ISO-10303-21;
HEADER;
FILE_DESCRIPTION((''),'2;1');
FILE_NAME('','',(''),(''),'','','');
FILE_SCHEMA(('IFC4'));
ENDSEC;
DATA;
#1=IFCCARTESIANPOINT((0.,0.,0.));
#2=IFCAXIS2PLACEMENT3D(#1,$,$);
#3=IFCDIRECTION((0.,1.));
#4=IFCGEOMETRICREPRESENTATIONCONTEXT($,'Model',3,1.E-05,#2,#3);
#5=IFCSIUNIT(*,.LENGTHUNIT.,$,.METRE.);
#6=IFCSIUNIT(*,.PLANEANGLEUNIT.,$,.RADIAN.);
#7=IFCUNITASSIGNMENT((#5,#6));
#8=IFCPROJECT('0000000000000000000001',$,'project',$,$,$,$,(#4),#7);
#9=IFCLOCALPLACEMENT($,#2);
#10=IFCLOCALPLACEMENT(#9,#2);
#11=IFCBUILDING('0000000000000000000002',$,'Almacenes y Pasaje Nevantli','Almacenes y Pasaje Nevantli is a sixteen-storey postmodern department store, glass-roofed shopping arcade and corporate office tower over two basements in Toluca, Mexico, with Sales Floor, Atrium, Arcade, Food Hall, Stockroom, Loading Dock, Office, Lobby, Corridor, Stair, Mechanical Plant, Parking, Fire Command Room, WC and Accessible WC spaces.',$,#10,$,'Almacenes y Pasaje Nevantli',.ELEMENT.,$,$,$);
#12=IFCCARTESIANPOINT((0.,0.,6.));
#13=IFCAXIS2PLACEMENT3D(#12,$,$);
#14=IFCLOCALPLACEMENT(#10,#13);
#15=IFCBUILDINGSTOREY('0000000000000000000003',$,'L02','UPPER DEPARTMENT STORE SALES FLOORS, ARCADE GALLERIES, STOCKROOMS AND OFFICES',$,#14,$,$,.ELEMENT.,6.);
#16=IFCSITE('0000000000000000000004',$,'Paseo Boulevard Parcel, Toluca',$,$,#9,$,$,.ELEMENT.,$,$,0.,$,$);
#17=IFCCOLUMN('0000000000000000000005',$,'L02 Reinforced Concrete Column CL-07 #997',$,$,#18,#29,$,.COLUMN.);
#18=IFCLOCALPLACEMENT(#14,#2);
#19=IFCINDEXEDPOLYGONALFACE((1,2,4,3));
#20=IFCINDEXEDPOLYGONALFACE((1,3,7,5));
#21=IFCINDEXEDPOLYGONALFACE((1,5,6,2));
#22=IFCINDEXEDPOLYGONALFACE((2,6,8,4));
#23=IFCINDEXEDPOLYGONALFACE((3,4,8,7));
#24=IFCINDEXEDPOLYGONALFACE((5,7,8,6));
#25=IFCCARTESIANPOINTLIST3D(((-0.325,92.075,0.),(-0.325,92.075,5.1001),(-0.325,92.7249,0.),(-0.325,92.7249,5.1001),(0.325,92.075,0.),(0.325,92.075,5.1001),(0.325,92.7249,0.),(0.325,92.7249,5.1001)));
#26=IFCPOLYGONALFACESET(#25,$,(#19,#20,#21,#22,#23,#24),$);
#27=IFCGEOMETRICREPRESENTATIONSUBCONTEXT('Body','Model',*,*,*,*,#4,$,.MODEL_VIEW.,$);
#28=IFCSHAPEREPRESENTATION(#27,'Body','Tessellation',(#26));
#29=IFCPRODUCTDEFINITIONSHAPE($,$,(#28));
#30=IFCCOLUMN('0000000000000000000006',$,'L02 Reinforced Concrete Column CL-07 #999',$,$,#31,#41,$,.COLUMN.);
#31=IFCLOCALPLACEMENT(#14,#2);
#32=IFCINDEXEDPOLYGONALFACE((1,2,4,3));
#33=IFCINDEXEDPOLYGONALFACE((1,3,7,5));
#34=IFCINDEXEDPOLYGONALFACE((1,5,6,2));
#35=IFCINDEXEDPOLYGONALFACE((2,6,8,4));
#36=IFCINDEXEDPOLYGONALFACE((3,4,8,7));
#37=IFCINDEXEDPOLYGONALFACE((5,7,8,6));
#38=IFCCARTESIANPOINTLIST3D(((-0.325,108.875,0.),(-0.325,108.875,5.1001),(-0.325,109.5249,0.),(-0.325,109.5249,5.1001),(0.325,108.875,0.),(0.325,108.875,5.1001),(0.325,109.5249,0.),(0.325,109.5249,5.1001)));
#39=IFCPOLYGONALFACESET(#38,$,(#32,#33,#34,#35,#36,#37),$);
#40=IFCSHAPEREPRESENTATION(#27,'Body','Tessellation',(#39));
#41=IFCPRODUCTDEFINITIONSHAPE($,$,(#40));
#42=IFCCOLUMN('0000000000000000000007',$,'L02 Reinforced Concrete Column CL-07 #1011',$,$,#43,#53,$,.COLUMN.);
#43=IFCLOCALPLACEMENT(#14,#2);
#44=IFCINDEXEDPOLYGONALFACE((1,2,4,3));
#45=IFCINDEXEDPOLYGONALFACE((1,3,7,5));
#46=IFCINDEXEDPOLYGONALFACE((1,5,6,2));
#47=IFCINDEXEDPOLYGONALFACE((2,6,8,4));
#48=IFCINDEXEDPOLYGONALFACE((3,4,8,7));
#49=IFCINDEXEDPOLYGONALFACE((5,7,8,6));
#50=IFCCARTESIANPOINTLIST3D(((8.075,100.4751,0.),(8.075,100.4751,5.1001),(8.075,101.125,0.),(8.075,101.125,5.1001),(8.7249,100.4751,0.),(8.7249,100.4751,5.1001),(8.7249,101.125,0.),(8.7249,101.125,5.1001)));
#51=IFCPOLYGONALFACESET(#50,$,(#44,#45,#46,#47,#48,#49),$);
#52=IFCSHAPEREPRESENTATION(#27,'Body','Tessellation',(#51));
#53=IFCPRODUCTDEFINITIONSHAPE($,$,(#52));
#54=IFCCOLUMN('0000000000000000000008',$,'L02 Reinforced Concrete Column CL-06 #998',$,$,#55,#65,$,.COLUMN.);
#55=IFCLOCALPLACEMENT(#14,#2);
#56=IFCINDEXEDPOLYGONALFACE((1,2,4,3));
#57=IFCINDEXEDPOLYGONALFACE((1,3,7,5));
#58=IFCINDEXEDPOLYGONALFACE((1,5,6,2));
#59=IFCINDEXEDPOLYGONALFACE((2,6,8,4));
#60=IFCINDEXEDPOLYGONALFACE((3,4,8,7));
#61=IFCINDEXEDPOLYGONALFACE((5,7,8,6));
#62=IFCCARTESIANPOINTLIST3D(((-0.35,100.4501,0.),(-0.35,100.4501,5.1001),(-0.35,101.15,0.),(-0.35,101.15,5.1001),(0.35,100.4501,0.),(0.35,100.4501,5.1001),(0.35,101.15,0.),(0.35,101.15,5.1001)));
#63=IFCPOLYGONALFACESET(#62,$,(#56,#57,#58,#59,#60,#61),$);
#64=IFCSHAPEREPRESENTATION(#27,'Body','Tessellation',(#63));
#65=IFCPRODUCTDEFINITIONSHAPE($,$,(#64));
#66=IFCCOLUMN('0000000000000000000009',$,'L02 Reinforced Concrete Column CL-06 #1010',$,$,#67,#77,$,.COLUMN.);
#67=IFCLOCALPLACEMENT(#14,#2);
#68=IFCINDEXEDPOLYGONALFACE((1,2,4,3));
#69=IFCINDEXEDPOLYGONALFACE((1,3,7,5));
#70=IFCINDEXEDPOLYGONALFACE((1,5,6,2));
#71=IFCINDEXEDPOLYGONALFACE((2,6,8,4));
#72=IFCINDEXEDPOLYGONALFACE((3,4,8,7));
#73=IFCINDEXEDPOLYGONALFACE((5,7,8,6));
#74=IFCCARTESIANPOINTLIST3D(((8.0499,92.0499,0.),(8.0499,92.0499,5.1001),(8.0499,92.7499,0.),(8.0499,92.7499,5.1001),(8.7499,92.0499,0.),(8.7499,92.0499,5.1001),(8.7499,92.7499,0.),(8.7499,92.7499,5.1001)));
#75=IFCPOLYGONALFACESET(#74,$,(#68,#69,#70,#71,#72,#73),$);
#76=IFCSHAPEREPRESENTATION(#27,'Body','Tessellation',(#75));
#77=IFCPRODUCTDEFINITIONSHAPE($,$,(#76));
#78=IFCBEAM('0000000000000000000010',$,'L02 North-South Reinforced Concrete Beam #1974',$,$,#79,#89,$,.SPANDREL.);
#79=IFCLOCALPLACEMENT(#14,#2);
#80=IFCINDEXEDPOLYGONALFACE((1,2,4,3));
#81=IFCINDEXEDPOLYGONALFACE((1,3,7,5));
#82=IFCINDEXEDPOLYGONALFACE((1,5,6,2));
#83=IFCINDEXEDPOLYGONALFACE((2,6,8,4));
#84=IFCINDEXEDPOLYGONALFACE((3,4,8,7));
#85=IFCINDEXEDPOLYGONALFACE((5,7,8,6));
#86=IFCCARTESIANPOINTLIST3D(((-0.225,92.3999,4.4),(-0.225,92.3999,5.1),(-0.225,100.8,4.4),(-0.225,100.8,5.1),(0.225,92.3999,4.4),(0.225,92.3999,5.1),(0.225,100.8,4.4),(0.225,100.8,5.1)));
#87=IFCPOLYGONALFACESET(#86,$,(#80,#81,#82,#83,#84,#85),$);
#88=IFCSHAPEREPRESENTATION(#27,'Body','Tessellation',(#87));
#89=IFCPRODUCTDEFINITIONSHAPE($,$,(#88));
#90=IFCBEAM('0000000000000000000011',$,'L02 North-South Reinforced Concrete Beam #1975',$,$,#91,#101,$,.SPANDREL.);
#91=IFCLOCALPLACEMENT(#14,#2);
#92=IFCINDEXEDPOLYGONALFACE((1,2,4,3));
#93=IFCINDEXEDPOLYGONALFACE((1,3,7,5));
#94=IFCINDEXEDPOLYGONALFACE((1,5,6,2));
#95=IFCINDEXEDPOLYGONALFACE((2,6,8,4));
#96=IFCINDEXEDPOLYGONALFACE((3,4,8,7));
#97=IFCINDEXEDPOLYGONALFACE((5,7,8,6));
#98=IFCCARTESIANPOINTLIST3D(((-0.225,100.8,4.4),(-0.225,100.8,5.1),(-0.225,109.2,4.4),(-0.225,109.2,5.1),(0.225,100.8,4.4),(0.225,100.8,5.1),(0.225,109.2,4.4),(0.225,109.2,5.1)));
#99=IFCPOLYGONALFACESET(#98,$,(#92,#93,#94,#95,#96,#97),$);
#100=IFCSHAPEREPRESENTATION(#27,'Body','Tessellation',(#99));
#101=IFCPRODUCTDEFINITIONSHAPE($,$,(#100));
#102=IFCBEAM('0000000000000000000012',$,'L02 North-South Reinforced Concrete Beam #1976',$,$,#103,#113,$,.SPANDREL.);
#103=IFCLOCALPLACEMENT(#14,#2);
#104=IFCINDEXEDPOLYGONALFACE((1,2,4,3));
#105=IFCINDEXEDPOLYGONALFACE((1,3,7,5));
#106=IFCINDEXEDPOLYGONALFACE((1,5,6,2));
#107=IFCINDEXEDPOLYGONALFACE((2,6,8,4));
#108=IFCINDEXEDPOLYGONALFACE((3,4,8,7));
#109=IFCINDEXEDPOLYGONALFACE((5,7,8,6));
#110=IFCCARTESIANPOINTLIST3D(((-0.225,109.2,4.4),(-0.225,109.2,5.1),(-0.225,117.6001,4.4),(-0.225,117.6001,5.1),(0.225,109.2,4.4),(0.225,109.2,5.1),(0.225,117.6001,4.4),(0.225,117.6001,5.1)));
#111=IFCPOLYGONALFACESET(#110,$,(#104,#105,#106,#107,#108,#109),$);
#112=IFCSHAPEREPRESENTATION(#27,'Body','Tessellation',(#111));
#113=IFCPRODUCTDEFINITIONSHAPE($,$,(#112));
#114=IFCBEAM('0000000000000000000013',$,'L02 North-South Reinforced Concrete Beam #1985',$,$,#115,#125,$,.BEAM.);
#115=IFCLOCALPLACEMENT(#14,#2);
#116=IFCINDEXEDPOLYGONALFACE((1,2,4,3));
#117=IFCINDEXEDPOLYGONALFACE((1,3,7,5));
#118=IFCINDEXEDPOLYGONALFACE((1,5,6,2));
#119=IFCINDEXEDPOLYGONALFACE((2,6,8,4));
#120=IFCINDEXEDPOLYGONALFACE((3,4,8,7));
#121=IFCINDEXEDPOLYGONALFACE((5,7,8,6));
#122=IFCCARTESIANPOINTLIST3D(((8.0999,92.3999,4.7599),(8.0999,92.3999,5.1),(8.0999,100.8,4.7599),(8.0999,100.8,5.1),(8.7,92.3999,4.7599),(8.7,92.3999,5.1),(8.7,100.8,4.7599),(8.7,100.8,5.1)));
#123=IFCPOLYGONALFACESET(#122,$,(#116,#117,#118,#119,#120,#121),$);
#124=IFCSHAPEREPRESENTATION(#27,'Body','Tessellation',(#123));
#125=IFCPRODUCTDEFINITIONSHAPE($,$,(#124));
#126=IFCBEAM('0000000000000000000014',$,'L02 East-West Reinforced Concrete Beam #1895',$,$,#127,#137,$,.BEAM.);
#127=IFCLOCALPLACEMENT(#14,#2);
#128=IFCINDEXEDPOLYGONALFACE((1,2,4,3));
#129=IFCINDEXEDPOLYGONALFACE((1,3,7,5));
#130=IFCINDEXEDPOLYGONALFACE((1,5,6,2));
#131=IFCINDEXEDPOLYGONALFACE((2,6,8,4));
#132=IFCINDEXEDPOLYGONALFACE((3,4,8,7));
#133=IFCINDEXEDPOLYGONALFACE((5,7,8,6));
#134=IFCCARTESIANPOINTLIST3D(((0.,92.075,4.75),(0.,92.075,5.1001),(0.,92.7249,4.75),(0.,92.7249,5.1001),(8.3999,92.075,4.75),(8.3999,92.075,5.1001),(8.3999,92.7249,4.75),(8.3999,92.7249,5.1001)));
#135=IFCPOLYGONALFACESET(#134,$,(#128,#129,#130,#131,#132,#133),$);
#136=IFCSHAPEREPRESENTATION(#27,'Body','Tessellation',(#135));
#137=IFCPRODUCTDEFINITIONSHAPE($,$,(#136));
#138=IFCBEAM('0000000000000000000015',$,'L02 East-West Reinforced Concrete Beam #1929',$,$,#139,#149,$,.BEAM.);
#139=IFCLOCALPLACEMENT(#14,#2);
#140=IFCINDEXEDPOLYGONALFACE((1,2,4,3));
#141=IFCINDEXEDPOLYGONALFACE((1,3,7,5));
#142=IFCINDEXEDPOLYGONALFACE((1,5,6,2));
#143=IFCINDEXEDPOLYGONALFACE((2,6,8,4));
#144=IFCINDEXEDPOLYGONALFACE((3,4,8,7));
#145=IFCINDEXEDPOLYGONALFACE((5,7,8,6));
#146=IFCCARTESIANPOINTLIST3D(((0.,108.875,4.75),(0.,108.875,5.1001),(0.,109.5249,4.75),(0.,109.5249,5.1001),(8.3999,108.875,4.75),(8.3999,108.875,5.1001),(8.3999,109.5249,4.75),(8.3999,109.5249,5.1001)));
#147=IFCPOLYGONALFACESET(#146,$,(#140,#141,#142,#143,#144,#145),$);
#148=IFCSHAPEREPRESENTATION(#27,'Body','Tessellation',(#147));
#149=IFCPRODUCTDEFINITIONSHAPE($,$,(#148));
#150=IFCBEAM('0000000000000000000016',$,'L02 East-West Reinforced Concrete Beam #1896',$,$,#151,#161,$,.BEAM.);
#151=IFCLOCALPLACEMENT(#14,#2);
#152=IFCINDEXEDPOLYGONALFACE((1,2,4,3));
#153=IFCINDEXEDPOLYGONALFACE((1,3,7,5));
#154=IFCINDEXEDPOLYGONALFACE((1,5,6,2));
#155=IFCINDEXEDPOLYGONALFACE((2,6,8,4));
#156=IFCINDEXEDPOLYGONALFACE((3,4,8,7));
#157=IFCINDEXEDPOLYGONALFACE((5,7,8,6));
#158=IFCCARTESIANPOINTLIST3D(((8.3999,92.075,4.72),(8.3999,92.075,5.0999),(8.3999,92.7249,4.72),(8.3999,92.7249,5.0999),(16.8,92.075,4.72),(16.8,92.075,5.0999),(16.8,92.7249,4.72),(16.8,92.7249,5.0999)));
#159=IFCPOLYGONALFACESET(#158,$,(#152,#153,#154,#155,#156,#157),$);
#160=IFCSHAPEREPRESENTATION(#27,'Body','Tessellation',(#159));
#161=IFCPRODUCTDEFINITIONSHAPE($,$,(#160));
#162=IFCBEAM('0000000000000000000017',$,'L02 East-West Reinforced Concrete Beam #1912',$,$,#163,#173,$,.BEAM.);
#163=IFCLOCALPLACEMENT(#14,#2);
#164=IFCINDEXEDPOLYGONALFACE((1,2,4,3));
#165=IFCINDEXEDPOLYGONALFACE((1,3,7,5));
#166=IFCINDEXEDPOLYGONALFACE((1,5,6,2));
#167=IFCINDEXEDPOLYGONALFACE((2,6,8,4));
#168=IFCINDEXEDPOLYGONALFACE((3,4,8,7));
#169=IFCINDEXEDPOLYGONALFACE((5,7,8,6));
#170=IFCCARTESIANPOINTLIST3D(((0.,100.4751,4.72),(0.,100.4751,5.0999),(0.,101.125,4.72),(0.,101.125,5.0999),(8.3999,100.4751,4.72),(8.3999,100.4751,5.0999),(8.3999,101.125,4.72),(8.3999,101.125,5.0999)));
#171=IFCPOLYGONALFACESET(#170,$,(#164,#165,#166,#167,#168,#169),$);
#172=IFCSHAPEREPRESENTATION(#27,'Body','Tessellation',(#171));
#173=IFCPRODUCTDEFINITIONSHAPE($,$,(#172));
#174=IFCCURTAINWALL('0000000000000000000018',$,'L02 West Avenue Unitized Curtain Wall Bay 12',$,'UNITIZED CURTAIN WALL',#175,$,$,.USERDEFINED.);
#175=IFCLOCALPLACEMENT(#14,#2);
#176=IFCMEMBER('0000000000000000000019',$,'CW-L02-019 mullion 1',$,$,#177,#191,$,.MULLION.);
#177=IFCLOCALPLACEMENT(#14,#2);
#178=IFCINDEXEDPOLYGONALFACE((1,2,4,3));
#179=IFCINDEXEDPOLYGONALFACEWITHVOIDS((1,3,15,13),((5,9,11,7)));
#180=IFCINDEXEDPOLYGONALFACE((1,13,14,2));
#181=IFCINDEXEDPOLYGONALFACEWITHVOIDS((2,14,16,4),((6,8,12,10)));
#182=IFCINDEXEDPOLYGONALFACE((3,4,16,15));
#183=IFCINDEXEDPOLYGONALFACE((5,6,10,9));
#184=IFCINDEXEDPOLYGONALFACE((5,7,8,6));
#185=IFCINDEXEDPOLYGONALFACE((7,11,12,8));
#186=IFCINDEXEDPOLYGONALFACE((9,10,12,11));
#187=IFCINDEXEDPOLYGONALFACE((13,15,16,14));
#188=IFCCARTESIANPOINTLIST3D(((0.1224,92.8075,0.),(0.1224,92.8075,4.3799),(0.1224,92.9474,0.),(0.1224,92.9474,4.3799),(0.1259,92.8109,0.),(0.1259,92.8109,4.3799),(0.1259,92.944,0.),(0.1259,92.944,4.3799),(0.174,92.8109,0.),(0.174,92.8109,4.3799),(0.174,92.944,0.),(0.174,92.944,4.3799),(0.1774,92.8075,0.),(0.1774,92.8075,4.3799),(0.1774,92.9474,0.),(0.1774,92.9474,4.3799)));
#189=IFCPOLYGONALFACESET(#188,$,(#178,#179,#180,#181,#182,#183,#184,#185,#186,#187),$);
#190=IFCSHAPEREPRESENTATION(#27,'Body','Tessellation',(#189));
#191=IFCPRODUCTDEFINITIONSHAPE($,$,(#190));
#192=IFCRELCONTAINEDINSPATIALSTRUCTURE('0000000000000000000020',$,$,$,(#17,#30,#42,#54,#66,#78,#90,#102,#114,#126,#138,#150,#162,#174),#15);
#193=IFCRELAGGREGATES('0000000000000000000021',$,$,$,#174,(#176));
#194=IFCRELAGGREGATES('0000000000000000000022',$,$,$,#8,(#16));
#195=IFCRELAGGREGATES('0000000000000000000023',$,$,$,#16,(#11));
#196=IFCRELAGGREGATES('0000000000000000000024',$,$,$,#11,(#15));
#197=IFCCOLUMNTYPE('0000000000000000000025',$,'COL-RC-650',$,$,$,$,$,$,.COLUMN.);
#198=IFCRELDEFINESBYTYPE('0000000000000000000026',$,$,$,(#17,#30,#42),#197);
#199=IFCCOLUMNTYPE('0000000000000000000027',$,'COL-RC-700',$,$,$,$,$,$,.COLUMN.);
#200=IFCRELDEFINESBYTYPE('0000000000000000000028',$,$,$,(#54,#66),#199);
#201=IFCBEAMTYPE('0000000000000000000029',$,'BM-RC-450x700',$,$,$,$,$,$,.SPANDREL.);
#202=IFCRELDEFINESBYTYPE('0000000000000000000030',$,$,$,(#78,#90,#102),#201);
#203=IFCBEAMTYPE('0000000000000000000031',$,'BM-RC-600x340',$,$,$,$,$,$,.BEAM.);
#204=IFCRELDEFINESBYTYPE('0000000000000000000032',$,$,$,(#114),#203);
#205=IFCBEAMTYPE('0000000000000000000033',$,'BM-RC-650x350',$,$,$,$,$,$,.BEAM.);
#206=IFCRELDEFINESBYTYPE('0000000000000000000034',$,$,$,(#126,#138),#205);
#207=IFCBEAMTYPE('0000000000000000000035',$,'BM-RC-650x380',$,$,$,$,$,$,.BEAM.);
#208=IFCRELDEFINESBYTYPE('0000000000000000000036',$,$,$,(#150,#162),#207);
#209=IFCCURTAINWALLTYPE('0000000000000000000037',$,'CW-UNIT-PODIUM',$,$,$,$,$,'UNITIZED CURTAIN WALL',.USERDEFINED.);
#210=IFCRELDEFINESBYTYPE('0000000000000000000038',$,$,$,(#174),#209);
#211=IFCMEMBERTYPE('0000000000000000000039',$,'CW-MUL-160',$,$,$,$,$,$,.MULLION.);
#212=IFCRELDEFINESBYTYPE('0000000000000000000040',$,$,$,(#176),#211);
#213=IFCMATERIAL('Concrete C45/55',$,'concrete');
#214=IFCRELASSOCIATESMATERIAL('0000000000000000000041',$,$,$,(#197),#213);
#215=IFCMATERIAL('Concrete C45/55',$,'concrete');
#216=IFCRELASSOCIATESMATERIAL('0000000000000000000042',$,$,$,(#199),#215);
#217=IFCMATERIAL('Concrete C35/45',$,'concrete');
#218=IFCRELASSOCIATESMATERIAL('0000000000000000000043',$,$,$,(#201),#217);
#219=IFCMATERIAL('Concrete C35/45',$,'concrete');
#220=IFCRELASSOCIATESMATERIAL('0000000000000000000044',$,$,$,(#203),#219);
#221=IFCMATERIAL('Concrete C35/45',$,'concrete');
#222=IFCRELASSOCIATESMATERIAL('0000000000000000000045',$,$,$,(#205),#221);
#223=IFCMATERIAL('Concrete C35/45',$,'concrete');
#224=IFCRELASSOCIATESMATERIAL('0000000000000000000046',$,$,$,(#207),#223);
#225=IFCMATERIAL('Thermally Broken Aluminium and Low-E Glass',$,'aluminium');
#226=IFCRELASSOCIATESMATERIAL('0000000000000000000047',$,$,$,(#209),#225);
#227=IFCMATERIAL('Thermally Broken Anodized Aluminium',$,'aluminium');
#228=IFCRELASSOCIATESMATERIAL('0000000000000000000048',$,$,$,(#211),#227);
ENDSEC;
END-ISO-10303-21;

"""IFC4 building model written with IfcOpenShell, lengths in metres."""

from ifc_helpers import new_model, si_unit, direction, frame, origin, origin_2d, place, context, subcontext, project, spatial, rectangle, hollow_rectangle, extrude, material, material_profile, profile_set, type_object, element, aggregate, save


model = new_model("IFC4")

# Units and contexts
model_context = context("Model", 3, precision=1e-05, world=origin(), true_north=direction((0.0, 1.0)))
body_context = subcontext(model_context, "Body", "Model", "MODEL_VIEW")
ifc_project = project(units=[si_unit("LENGTHUNIT", "METRE"), si_unit("PLANEANGLEUNIT", "RADIAN")], contexts=[model_context])

# Site, building, storey
site_placement = place(None, origin())
site = spatial("IfcSite", under=ifc_project, at=site_placement, Name="Paseo Boulevard Parcel, Toluca", CompositionType="ELEMENT", RefElevation=0.0)
building_placement = place(site_placement, origin())
building = spatial("IfcBuilding", under=site, at=building_placement, Name="Almacenes y Pasaje Nevantli", Description="Almacenes y Pasaje Nevantli is a sixteen-storey postmodern department store, glass-roofed shopping arcade and corporate office tower over two basements in Toluca, Mexico, with Sales Floor, Atrium, Arcade, Food Hall, Stockroom, Loading Dock, Office, Lobby, Corridor, Stair, Mechanical Plant, Parking, Fire Command Room, WC and Accessible WC spaces.", LongName="Almacenes y Pasaje Nevantli", CompositionType="ELEMENT")
storey_placement = place(building_placement, frame((0.0, 0.0, 6.0)))
storey = spatial("IfcBuildingStorey", under=building, at=storey_placement, Name="L02", Description="UPPER DEPARTMENT STORE SALES FLOORS, ARCADE GALLERIES, STOCKROOMS AND OFFICES", CompositionType="ELEMENT", Elevation=6.0)

# Columns
ifc_material_1 = material(Name="Concrete C45/55", Category="concrete")
ifc_material_profile_1 = material_profile(ifc_material_1, rectangle(XDim=0.6499, YDim=0.6499, at=origin_2d()), Name="RC-COL-650x650")
ifc_profile_set_1 = profile_set([ifc_material_profile_1], Name="Concrete C45/55")
column_type_1 = type_object("IfcColumnType", Name="COL-RC-650", PredefinedType="COLUMN", material=ifc_profile_set_1)
for number, where, z_axis, x_axis, name in (
    (1, (0.0, 92.3999, 0.0), (0.0, 0.0, 1.0), (1.0, 0.0, 0.0), "L02 Reinforced Concrete Column CL-07 #997"),
    (2, (0.0, 109.2, 0.0), (0.0, 0.0, 1.0), (1.0, 0.0, 0.0), "L02 Reinforced Concrete Column CL-07 #999"),
    (3, (8.3999, 100.8, 0.0), (0.0, 0.0, 1.0), (1.0, 0.0, 0.0), "L02 Reinforced Concrete Column CL-07 #1011"),
):
    element("IfcColumn", number, at=place(storey_placement, frame(where, z_axis=z_axis, x_axis=x_axis)), inside=storey, type_object=column_type_1, Name=name, PredefinedType="COLUMN", context=body_context, shape_type="SweptSolid", body=[
        extrude(rectangle(XDim=0.6499, YDim=0.6499, at=origin_2d()), origin(), (0.0, 0.0, 1.0), 5.1001),
    ])
ifc_material_2 = material(Name="Concrete C45/55", Category="concrete")
ifc_material_profile_2 = material_profile(ifc_material_2, rectangle(XDim=0.7, YDim=0.7, at=origin_2d()), Name="RC-COL-700x700")
ifc_profile_set_2 = profile_set([ifc_material_profile_2], Name="Concrete C45/55")
column_type_2 = type_object("IfcColumnType", Name="COL-RC-700", PredefinedType="COLUMN", material=ifc_profile_set_2)
for number, where, z_axis, x_axis, name in (
    (4, (0.0, 100.8, 0.0), (0.0, 0.0, 1.0), (1.0, 0.0, 0.0), "L02 Reinforced Concrete Column CL-06 #998"),
    (5, (8.3999, 92.3999, 0.0), (0.0, 0.0, 1.0), (1.0, 0.0, 0.0), "L02 Reinforced Concrete Column CL-06 #1010"),
):
    element("IfcColumn", number, at=place(storey_placement, frame(where, z_axis=z_axis, x_axis=x_axis)), inside=storey, type_object=column_type_2, Name=name, PredefinedType="COLUMN", context=body_context, shape_type="SweptSolid", body=[
        extrude(rectangle(XDim=0.7, YDim=0.7, at=origin_2d()), origin(), (0.0, 0.0, 1.0), 5.1001),
    ])

# Beams
ifc_material_3 = material(Name="Concrete C35/45", Category="concrete")
ifc_material_profile_3 = material_profile(ifc_material_3, rectangle(XDim=0.45, YDim=0.7, at=origin_2d()), Name="RC-BM-450x700")
ifc_profile_set_3 = profile_set([ifc_material_profile_3], Name="Concrete C35/45")
beam_type_1 = type_object("IfcBeamType", Name="BM-RC-450x700", PredefinedType="SPANDREL", material=ifc_profile_set_3)
beam_1_placement = place(storey_placement, frame((0.0, 92.3999, 4.75), z_axis=(0.0, 1.0, 0.0), x_axis=(-1.0, 0.0, 0.0)))
element("IfcBeam", 6, at=beam_1_placement, inside=storey, type_object=beam_type_1, Name="L02 North-South Reinforced Concrete Beam #1974", PredefinedType="SPANDREL", context=body_context, shape_type="SweptSolid", body=[
    extrude(rectangle(XDim=0.45, YDim=0.7, at=origin_2d()), origin(), (0.0, 0.0, 1.0), 8.4001),
])
beam_2_placement = place(storey_placement, frame((0.0, 100.8, 4.75), z_axis=(0.0, 1.0, 0.0), x_axis=(-1.0, 0.0, 0.0)))
element("IfcBeam", 7, at=beam_2_placement, inside=storey, type_object=beam_type_1, Name="L02 North-South Reinforced Concrete Beam #1975", PredefinedType="SPANDREL", context=body_context, shape_type="SweptSolid", body=[
    extrude(rectangle(XDim=0.45, YDim=0.7, at=origin_2d()), origin(), (0.0, 0.0, 1.0), 8.3999),
])
beam_3_placement = place(storey_placement, frame((0.0, 109.2, 4.75), z_axis=(0.0, 1.0, 0.0), x_axis=(-1.0, 0.0, 0.0)))
element("IfcBeam", 8, at=beam_3_placement, inside=storey, type_object=beam_type_1, Name="L02 North-South Reinforced Concrete Beam #1976", PredefinedType="SPANDREL", context=body_context, shape_type="SweptSolid", body=[
    extrude(rectangle(XDim=0.45, YDim=0.7, at=origin_2d()), origin(), (0.0, 0.0, 1.0), 8.4001),
])
ifc_material_4 = material(Name="Concrete C35/45", Category="concrete")
ifc_material_profile_4 = material_profile(ifc_material_4, rectangle(XDim=0.6001, YDim=0.3401, at=origin_2d()), Name="RC-BM-600x340")
ifc_profile_set_4 = profile_set([ifc_material_profile_4], Name="Concrete C35/45")
beam_type_2 = type_object("IfcBeamType", Name="BM-RC-600x340", PredefinedType="BEAM", material=ifc_profile_set_4)
beam_4_placement = place(storey_placement, frame((8.3999, 92.3999, 4.9299), z_axis=(0.0, 1.0, 0.0), x_axis=(-1.0, 0.0, 0.0)))
element("IfcBeam", 9, at=beam_4_placement, inside=storey, type_object=beam_type_2, Name="L02 North-South Reinforced Concrete Beam #1985", PredefinedType="BEAM", context=body_context, shape_type="SweptSolid", body=[
    extrude(rectangle(XDim=0.6001, YDim=0.3401, at=origin_2d()), origin(), (0.0, 0.0, 1.0), 8.4001),
])
ifc_material_5 = material(Name="Concrete C35/45", Category="concrete")
ifc_material_profile_5 = material_profile(ifc_material_5, rectangle(XDim=0.6499, YDim=0.3501, at=origin_2d()), Name="RC-BM-650x350")
ifc_profile_set_5 = profile_set([ifc_material_profile_5], Name="Concrete C35/45")
beam_type_3 = type_object("IfcBeamType", Name="BM-RC-650x350", PredefinedType="BEAM", material=ifc_profile_set_5)
for number, where, z_axis, x_axis, name in (
    (10, (0.0, 92.3999, 4.925), (1.0, 0.0, 0.0), (0.0, 1.0, 0.0), "L02 East-West Reinforced Concrete Beam #1895"),
    (11, (0.0, 109.2, 4.925), (1.0, 0.0, 0.0), (0.0, 1.0, 0.0), "L02 East-West Reinforced Concrete Beam #1929"),
):
    element("IfcBeam", number, at=place(storey_placement, frame(where, z_axis=z_axis, x_axis=x_axis)), inside=storey, type_object=beam_type_3, Name=name, PredefinedType="BEAM", context=body_context, shape_type="SweptSolid", body=[
        extrude(rectangle(XDim=0.6499, YDim=0.3501, at=origin_2d()), origin(), (0.0, 0.0, 1.0), 8.3999),
    ])
ifc_material_6 = material(Name="Concrete C35/45", Category="concrete")
ifc_material_profile_6 = material_profile(ifc_material_6, rectangle(XDim=0.6499, YDim=0.3799, at=origin_2d()), Name="RC-BM-650x380")
ifc_profile_set_6 = profile_set([ifc_material_profile_6], Name="Concrete C35/45")
beam_type_4 = type_object("IfcBeamType", Name="BM-RC-650x380", PredefinedType="BEAM", material=ifc_profile_set_6)
beam_5_placement = place(storey_placement, frame((8.3999, 92.3999, 4.9099), z_axis=(1.0, 0.0, 0.0), x_axis=(0.0, 1.0, 0.0)))
element("IfcBeam", 12, at=beam_5_placement, inside=storey, type_object=beam_type_4, Name="L02 East-West Reinforced Concrete Beam #1896", PredefinedType="BEAM", context=body_context, shape_type="SweptSolid", body=[
    extrude(rectangle(XDim=0.6499, YDim=0.3799, at=origin_2d()), origin(), (0.0, 0.0, 1.0), 8.4001),
])
beam_6_placement = place(storey_placement, frame((0.0, 100.8, 4.9099), z_axis=(1.0, 0.0, 0.0), x_axis=(0.0, 1.0, 0.0)))
element("IfcBeam", 13, at=beam_6_placement, inside=storey, type_object=beam_type_4, Name="L02 East-West Reinforced Concrete Beam #1912", PredefinedType="BEAM", context=body_context, shape_type="SweptSolid", body=[
    extrude(rectangle(XDim=0.6499, YDim=0.3799, at=origin_2d()), origin(), (0.0, 0.0, 1.0), 8.3999),
])

# Curtain wall, member
ifc_material_7 = material(Name="Thermally Broken Aluminium and Low-E Glass", Category="aluminium")
curtain_wall_type = type_object("IfcCurtainWallType", Name="CW-UNIT-PODIUM", ElementType="UNITIZED CURTAIN WALL", PredefinedType="USERDEFINED", material=ifc_material_7)
curtain_wall_1_placement = place(storey_placement, origin())
curtain_wall_1 = element("IfcCurtainWall", 14, at=curtain_wall_1_placement, inside=storey, type_object=curtain_wall_type, Name="L02 West Avenue Unitized Curtain Wall Bay 12", ObjectType="UNITIZED CURTAIN WALL", PredefinedType="USERDEFINED")
ifc_material_8 = material(Name="Thermally Broken Anodized Aluminium", Category="aluminium")
ifc_material_profile_7 = material_profile(ifc_material_8, hollow_rectangle(XDim=0.0549, YDim=0.1399, WallThickness=0.0034, at=origin_2d()), Name="ALU-MUL-55x140")
ifc_profile_set_7 = profile_set([ifc_material_profile_7], Name="Thermally Broken Anodized Aluminium")
member_type_1 = type_object("IfcMemberType", Name="CW-MUL-160", PredefinedType="MULLION", material=ifc_profile_set_7)
member_1_placement = place(storey_placement, frame((0.1499, 92.8774, 0.0), z_axis=(0.0, 0.0, 1.0), x_axis=(-1.0, 0.0, 0.0)))
member_1 = element("IfcMember", 15, at=member_1_placement, type_object=member_type_1, Name="CW-L02-019 mullion 1", PredefinedType="MULLION", context=body_context, shape_type="SweptSolid", body=[
    extrude(hollow_rectangle(XDim=0.0549, YDim=0.1399, WallThickness=0.0034, at=origin_2d()), origin(), (0.0, 0.0, 1.0), 4.3799),
])

aggregate(curtain_wall_1, [member_1])

save(model, "model.ifc")
